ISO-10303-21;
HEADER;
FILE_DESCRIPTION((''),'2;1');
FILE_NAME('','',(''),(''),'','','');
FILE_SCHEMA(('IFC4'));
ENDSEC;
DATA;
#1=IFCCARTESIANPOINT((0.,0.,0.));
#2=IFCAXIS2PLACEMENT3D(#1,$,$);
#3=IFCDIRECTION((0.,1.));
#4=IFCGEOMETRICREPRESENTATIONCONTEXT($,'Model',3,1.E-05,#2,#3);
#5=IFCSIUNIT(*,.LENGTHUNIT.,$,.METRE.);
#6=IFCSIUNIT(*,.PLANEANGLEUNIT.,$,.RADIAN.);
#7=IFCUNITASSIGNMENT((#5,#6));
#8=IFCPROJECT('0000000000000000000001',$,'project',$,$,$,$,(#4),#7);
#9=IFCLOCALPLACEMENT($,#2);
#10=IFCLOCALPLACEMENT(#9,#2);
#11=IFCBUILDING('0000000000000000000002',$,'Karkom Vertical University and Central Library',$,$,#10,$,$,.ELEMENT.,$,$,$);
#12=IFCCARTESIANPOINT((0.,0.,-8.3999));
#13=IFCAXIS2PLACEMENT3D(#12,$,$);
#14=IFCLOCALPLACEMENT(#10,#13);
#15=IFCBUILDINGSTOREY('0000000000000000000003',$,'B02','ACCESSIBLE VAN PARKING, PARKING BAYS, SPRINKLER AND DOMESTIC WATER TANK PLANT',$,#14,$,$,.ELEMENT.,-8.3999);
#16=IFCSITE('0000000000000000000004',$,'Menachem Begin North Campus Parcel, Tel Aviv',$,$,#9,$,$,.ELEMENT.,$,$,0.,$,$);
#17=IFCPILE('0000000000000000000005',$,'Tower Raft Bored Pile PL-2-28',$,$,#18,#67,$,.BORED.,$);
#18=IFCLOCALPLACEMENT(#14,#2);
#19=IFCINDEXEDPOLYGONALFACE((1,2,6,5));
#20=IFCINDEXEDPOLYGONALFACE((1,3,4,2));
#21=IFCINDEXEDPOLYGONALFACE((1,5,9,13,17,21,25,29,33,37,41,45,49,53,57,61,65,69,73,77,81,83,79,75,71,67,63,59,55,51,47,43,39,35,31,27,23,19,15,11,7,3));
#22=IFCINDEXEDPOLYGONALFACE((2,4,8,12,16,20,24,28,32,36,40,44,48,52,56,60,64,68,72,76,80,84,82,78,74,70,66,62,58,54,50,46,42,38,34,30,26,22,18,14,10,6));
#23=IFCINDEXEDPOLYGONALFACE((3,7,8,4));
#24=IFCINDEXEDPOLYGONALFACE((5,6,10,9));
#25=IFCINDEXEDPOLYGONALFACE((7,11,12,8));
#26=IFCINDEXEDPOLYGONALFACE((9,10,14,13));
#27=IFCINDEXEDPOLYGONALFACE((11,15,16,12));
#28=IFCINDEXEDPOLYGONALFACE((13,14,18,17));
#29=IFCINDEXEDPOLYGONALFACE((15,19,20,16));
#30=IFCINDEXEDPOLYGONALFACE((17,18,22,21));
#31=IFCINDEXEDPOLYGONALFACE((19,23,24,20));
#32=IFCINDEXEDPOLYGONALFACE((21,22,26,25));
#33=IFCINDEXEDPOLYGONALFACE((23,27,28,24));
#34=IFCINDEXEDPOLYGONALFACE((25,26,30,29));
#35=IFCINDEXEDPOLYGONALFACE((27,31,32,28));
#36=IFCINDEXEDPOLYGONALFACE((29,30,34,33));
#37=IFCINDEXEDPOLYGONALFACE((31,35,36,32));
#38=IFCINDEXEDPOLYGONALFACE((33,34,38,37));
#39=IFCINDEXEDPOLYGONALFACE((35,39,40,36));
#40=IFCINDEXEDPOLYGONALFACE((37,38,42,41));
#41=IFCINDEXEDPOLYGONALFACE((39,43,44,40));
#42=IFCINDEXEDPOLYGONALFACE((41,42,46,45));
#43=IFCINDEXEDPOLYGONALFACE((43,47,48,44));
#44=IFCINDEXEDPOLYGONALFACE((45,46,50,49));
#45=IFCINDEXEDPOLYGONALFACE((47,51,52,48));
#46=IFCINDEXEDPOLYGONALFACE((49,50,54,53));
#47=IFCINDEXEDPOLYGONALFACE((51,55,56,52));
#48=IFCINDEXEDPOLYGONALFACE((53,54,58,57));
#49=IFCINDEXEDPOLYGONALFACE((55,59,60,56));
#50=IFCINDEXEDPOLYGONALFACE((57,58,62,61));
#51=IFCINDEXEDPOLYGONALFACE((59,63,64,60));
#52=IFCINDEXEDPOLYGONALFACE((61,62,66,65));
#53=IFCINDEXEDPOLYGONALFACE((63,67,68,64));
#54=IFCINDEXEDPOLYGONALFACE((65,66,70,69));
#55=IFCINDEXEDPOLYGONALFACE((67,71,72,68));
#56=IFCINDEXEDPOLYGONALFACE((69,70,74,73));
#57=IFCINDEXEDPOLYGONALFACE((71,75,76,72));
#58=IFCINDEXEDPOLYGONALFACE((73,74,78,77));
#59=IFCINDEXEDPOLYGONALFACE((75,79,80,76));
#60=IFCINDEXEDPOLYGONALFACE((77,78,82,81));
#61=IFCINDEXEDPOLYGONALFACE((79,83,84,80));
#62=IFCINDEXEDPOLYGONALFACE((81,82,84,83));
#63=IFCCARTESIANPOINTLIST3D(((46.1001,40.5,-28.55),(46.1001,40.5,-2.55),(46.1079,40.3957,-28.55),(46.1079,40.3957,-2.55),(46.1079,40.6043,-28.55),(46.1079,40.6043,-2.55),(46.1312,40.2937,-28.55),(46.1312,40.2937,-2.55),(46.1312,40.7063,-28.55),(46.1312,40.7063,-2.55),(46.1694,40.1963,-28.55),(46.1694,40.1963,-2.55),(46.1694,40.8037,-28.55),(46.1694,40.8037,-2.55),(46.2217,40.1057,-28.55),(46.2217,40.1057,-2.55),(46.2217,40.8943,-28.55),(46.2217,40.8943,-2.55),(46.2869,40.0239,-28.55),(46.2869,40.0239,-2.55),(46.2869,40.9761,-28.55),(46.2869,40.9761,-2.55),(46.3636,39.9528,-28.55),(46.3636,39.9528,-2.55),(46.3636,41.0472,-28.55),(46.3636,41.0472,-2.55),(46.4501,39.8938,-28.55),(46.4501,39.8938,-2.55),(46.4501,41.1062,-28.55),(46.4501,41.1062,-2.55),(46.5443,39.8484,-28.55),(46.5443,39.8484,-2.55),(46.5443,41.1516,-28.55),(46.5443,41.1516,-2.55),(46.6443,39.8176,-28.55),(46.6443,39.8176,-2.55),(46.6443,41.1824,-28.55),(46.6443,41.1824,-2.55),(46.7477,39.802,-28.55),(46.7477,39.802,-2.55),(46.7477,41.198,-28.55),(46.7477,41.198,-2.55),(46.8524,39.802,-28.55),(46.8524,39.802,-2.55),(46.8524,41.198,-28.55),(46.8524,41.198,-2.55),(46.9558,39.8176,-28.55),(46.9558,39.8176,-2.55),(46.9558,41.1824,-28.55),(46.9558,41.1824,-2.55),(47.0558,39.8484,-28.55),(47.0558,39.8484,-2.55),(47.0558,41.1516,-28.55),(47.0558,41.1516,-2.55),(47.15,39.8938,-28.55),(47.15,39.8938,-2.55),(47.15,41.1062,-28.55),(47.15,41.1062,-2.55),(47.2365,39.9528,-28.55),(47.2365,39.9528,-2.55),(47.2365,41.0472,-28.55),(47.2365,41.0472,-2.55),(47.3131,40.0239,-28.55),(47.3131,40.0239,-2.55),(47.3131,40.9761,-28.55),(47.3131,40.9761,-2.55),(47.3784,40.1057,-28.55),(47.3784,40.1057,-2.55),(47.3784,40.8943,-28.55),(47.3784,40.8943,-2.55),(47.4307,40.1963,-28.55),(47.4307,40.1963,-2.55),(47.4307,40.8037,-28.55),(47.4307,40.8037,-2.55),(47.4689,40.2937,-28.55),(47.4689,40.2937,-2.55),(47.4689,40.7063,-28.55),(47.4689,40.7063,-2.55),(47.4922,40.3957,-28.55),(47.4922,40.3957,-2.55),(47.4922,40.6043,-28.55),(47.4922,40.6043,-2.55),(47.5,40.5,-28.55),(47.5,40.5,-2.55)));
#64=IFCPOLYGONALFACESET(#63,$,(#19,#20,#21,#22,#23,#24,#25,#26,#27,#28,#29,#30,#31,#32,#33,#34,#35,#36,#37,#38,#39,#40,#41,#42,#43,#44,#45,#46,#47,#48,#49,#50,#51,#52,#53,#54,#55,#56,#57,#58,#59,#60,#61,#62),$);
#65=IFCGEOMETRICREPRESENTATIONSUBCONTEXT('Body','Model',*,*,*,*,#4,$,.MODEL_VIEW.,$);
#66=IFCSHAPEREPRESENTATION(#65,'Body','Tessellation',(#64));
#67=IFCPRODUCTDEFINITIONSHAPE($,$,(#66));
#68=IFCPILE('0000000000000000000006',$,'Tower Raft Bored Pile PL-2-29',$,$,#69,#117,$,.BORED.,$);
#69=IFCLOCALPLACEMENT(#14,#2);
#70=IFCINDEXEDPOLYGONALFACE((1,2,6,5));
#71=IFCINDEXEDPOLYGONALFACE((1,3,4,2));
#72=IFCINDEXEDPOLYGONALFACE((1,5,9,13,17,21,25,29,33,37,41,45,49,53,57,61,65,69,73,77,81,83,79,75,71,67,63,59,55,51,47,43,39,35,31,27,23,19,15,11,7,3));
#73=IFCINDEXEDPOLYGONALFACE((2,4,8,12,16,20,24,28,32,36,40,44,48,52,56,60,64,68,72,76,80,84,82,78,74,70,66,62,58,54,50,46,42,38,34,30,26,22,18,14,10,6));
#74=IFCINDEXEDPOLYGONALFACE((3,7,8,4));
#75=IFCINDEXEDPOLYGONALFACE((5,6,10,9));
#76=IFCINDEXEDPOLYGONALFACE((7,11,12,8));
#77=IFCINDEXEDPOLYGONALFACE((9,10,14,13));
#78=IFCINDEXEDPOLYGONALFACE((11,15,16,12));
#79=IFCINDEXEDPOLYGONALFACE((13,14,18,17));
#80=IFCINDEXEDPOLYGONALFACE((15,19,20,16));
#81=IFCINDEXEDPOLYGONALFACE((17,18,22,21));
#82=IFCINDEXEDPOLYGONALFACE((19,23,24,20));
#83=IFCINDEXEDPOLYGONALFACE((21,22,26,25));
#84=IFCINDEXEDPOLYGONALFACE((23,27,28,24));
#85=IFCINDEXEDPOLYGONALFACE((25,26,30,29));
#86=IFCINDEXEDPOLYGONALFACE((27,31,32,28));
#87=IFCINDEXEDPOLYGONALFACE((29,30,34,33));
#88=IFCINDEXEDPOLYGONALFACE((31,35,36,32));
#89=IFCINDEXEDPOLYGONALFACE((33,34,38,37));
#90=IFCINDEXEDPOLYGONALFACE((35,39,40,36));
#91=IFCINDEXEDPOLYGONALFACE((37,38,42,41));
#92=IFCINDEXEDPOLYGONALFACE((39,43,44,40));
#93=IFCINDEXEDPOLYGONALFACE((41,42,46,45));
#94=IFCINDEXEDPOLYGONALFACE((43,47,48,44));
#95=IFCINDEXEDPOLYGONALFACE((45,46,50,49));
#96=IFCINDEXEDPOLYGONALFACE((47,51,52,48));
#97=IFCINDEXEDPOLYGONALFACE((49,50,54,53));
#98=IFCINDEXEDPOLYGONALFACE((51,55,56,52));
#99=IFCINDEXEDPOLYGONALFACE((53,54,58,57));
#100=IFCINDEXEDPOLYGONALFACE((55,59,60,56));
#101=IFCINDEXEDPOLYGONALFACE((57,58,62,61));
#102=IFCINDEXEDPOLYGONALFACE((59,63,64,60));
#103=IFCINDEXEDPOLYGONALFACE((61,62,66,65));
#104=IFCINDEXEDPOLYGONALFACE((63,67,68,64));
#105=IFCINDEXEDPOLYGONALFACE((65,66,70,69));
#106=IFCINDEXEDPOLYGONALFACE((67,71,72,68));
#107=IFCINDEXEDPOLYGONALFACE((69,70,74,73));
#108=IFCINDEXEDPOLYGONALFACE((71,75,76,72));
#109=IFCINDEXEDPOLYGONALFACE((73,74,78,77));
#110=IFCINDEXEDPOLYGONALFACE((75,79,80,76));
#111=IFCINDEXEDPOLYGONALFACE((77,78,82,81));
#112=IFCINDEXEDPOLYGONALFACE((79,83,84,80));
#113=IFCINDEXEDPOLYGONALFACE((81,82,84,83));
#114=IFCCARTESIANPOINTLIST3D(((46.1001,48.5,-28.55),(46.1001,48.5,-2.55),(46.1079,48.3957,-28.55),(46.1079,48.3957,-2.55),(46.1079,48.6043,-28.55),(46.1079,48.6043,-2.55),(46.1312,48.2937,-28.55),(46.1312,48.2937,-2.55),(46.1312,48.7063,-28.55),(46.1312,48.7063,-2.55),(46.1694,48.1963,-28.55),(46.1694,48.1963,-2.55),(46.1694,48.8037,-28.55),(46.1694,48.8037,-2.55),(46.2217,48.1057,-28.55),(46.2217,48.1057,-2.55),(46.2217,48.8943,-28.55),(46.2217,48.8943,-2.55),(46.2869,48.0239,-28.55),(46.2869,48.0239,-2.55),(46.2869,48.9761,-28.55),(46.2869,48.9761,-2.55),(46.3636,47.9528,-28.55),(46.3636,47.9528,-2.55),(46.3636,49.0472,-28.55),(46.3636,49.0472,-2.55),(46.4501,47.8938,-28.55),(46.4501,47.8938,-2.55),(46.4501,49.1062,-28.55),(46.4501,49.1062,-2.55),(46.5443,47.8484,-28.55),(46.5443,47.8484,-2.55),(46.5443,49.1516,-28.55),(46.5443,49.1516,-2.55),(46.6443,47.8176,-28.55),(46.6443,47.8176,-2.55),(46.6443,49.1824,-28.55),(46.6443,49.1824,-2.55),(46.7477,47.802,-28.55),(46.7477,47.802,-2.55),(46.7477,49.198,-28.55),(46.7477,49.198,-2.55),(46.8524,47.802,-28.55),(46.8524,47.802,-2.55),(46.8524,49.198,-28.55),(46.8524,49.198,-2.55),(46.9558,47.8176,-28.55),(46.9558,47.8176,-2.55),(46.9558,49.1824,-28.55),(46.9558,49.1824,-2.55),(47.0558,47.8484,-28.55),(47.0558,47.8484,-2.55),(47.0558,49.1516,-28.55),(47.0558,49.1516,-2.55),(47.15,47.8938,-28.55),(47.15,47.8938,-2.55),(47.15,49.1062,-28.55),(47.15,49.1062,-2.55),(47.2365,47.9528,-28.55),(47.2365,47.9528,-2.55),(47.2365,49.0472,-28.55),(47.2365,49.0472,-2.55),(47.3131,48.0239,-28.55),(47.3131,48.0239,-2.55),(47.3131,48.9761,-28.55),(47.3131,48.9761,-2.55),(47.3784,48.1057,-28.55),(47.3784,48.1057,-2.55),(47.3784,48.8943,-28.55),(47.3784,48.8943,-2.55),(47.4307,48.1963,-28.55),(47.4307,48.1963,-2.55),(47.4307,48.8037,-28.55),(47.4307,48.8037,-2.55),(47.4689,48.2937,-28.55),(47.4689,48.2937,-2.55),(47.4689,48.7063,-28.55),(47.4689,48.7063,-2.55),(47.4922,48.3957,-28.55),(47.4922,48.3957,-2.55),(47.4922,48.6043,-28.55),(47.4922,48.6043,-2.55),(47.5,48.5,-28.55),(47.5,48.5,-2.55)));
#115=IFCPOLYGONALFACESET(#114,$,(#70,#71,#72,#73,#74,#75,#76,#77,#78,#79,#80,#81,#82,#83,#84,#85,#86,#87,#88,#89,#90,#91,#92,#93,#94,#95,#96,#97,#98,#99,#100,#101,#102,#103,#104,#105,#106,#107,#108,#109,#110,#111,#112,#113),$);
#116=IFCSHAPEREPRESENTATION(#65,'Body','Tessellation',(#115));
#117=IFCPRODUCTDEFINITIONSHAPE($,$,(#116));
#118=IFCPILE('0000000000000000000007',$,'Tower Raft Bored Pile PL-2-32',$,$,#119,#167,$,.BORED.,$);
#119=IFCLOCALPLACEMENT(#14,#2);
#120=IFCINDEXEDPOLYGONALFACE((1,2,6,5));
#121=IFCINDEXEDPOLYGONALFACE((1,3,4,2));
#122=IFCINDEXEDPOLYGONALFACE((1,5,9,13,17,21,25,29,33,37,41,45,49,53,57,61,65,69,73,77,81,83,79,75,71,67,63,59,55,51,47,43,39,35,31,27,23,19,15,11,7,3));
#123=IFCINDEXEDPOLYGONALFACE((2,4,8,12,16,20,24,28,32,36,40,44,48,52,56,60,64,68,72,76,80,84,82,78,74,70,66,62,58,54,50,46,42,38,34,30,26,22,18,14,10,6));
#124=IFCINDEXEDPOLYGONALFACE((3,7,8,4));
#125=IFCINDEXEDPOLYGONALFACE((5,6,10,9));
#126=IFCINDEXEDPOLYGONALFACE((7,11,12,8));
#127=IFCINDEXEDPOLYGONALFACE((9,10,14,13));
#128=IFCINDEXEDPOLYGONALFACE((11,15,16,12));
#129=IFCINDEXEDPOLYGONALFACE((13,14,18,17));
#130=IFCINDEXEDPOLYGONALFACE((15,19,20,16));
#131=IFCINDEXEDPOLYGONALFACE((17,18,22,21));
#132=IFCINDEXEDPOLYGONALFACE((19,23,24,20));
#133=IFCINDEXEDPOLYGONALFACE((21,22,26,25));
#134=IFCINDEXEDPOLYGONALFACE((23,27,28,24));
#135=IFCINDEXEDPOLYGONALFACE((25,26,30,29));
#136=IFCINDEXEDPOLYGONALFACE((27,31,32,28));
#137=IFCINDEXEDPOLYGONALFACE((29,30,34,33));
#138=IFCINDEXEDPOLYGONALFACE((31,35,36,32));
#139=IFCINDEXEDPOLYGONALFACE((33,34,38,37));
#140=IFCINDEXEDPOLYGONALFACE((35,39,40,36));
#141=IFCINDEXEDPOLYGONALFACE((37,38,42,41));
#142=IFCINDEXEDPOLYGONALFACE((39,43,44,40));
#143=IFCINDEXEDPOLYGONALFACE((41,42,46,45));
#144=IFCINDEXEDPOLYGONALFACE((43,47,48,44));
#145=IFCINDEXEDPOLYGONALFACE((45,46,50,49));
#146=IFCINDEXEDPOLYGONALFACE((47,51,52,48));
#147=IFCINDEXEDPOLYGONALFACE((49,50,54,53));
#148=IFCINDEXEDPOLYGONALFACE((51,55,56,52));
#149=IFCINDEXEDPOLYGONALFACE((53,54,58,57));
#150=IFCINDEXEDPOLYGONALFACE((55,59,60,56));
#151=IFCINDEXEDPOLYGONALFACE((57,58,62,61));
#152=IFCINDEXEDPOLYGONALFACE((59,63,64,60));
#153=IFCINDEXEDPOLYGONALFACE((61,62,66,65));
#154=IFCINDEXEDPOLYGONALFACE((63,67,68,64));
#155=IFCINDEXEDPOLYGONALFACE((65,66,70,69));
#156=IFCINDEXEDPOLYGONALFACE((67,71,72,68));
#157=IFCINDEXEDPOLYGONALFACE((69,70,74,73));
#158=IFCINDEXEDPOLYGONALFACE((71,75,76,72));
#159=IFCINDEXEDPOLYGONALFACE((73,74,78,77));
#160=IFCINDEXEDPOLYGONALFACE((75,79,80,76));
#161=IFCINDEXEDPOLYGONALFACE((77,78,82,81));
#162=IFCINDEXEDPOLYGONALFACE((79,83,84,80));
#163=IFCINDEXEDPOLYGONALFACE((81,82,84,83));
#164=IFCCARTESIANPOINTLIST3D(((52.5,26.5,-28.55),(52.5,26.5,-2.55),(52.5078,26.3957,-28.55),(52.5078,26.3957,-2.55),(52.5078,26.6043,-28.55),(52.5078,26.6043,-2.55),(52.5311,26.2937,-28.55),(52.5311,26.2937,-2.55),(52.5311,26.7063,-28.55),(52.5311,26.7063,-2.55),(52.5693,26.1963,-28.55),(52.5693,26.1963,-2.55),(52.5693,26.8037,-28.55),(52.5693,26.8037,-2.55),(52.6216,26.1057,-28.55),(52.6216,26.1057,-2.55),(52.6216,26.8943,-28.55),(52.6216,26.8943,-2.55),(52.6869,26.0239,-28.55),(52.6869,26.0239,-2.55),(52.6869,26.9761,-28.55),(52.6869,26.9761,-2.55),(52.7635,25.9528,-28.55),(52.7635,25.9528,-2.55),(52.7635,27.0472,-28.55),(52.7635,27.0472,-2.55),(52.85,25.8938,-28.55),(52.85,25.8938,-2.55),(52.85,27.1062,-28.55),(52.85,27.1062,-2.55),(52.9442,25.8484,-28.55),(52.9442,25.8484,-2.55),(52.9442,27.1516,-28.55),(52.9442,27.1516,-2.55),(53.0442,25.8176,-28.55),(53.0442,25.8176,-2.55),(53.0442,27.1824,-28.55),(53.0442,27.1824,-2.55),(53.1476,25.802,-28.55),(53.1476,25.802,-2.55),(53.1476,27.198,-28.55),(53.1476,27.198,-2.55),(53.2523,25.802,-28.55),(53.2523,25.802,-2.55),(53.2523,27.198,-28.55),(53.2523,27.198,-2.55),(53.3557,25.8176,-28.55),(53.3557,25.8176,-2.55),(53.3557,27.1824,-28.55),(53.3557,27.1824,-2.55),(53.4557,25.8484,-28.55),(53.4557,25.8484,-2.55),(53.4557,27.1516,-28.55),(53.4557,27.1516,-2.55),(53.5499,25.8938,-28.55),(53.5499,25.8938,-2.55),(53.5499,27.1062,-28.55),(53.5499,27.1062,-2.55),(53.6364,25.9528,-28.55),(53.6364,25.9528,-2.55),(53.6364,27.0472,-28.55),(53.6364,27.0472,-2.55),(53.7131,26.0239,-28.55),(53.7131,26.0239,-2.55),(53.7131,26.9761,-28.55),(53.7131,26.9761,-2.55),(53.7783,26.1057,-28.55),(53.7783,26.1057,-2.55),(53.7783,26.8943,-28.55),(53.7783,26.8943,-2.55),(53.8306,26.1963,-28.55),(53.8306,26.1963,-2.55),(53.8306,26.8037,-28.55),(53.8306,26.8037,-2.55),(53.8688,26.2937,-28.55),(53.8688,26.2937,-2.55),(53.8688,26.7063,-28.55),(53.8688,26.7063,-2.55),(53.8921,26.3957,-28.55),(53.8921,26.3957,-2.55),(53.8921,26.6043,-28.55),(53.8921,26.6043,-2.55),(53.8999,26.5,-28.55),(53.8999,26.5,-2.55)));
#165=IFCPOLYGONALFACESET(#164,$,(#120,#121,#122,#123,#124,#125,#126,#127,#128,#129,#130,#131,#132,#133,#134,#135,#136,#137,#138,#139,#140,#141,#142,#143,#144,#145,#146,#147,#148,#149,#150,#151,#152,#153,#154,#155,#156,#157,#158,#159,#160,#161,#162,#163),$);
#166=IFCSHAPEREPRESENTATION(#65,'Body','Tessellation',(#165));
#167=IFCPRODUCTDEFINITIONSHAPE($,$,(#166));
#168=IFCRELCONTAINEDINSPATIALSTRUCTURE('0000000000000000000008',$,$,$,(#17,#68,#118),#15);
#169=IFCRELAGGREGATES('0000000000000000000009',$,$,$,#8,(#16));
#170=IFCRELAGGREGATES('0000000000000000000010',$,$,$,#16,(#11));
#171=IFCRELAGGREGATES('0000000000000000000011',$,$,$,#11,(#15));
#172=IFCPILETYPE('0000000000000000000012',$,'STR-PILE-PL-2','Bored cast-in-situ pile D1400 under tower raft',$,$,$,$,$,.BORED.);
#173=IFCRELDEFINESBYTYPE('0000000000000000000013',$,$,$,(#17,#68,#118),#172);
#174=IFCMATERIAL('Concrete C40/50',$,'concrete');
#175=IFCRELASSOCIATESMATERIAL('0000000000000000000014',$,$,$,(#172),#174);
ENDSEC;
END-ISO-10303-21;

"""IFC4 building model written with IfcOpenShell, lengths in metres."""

from ifc_helpers import new_model, si_unit, direction, frame, origin, origin_with_axes, origin_2d, place, context, subcontext, project, spatial, circle, extrude, source, transform, mapped, material, material_profile, profile_set, type_object, element, save


model = new_model("IFC4")

# Units and contexts
model_context = context("Model", 3, precision=1e-05, world=origin(), true_north=direction((0.0, 1.0)))
body_context = subcontext(model_context, "Body", "Model", "MODEL_VIEW")
ifc_project = project(units=[si_unit("LENGTHUNIT", "METRE"), si_unit("PLANEANGLEUNIT", "RADIAN")], contexts=[model_context])

# Site, building, storey
site_placement = place(None, origin())
site = spatial("IfcSite", under=ifc_project, at=site_placement, Name="Menachem Begin North Campus Parcel, Tel Aviv", CompositionType="ELEMENT", RefElevation=0.0)
building_placement = place(site_placement, origin())
building = spatial("IfcBuilding", under=site, at=building_placement, Name="Karkom Vertical University and Central Library", CompositionType="ELEMENT")
storey_placement = place(building_placement, frame((0.0, 0.0, -8.3999)))
storey = spatial("IfcBuildingStorey", under=building, at=storey_placement, Name="B02", Description="ACCESSIBLE VAN PARKING, PARKING BAYS, SPRINKLER AND DOMESTIC WATER TANK PLANT", CompositionType="ELEMENT", Elevation=-8.3999)

# Piles
ifc_material_1 = material(Name="Concrete C40/50", Category="concrete")
ifc_material_profile_1 = material_profile(ifc_material_1, circle(Radius=0.7, at=origin_2d()), Name="PILE-D1400")
ifc_profile_set_1 = profile_set([ifc_material_profile_1], Name="Concrete C40/50")
pile_type = type_object("IfcPileType", Name="STR-PILE-PL-2", Description="Bored cast-in-situ pile D1400 under tower raft", PredefinedType="BORED", material=ifc_profile_set_1)
shared_shape_1 = source(origin_with_axes(), body_context, "Body", "SweptSolid", [
    extrude(circle(Radius=0.7, at=origin_2d()), origin(), (0.0, 0.0, 1.0), 26.0),
])
for number, where, z_axis, x_axis, name in (
    (1, (46.8, 40.5, -2.55), (0.0, 0.0, -1.0), (1.0, 0.0, 0.0), "Tower Raft Bored Pile PL-2-28"),
    (2, (46.8, 48.5, -2.55), (0.0, 0.0, -1.0), (1.0, 0.0, 0.0), "Tower Raft Bored Pile PL-2-29"),
    (3, (53.2, 26.5, -2.55), (0.0, 0.0, -1.0), (1.0, 0.0, 0.0), "Tower Raft Bored Pile PL-2-32"),
):
    element("IfcPile", number, at=place(storey_placement, frame(where, z_axis=z_axis, x_axis=x_axis)), inside=storey, type_object=pile_type, Name=name, PredefinedType="BORED", context=body_context, shape_type="MappedRepresentation", body=[
        mapped(shared_shape_1, transform((0.0, 0.0, 0.0), scale=1.0)),
    ])

save(model, "model.ifc")
